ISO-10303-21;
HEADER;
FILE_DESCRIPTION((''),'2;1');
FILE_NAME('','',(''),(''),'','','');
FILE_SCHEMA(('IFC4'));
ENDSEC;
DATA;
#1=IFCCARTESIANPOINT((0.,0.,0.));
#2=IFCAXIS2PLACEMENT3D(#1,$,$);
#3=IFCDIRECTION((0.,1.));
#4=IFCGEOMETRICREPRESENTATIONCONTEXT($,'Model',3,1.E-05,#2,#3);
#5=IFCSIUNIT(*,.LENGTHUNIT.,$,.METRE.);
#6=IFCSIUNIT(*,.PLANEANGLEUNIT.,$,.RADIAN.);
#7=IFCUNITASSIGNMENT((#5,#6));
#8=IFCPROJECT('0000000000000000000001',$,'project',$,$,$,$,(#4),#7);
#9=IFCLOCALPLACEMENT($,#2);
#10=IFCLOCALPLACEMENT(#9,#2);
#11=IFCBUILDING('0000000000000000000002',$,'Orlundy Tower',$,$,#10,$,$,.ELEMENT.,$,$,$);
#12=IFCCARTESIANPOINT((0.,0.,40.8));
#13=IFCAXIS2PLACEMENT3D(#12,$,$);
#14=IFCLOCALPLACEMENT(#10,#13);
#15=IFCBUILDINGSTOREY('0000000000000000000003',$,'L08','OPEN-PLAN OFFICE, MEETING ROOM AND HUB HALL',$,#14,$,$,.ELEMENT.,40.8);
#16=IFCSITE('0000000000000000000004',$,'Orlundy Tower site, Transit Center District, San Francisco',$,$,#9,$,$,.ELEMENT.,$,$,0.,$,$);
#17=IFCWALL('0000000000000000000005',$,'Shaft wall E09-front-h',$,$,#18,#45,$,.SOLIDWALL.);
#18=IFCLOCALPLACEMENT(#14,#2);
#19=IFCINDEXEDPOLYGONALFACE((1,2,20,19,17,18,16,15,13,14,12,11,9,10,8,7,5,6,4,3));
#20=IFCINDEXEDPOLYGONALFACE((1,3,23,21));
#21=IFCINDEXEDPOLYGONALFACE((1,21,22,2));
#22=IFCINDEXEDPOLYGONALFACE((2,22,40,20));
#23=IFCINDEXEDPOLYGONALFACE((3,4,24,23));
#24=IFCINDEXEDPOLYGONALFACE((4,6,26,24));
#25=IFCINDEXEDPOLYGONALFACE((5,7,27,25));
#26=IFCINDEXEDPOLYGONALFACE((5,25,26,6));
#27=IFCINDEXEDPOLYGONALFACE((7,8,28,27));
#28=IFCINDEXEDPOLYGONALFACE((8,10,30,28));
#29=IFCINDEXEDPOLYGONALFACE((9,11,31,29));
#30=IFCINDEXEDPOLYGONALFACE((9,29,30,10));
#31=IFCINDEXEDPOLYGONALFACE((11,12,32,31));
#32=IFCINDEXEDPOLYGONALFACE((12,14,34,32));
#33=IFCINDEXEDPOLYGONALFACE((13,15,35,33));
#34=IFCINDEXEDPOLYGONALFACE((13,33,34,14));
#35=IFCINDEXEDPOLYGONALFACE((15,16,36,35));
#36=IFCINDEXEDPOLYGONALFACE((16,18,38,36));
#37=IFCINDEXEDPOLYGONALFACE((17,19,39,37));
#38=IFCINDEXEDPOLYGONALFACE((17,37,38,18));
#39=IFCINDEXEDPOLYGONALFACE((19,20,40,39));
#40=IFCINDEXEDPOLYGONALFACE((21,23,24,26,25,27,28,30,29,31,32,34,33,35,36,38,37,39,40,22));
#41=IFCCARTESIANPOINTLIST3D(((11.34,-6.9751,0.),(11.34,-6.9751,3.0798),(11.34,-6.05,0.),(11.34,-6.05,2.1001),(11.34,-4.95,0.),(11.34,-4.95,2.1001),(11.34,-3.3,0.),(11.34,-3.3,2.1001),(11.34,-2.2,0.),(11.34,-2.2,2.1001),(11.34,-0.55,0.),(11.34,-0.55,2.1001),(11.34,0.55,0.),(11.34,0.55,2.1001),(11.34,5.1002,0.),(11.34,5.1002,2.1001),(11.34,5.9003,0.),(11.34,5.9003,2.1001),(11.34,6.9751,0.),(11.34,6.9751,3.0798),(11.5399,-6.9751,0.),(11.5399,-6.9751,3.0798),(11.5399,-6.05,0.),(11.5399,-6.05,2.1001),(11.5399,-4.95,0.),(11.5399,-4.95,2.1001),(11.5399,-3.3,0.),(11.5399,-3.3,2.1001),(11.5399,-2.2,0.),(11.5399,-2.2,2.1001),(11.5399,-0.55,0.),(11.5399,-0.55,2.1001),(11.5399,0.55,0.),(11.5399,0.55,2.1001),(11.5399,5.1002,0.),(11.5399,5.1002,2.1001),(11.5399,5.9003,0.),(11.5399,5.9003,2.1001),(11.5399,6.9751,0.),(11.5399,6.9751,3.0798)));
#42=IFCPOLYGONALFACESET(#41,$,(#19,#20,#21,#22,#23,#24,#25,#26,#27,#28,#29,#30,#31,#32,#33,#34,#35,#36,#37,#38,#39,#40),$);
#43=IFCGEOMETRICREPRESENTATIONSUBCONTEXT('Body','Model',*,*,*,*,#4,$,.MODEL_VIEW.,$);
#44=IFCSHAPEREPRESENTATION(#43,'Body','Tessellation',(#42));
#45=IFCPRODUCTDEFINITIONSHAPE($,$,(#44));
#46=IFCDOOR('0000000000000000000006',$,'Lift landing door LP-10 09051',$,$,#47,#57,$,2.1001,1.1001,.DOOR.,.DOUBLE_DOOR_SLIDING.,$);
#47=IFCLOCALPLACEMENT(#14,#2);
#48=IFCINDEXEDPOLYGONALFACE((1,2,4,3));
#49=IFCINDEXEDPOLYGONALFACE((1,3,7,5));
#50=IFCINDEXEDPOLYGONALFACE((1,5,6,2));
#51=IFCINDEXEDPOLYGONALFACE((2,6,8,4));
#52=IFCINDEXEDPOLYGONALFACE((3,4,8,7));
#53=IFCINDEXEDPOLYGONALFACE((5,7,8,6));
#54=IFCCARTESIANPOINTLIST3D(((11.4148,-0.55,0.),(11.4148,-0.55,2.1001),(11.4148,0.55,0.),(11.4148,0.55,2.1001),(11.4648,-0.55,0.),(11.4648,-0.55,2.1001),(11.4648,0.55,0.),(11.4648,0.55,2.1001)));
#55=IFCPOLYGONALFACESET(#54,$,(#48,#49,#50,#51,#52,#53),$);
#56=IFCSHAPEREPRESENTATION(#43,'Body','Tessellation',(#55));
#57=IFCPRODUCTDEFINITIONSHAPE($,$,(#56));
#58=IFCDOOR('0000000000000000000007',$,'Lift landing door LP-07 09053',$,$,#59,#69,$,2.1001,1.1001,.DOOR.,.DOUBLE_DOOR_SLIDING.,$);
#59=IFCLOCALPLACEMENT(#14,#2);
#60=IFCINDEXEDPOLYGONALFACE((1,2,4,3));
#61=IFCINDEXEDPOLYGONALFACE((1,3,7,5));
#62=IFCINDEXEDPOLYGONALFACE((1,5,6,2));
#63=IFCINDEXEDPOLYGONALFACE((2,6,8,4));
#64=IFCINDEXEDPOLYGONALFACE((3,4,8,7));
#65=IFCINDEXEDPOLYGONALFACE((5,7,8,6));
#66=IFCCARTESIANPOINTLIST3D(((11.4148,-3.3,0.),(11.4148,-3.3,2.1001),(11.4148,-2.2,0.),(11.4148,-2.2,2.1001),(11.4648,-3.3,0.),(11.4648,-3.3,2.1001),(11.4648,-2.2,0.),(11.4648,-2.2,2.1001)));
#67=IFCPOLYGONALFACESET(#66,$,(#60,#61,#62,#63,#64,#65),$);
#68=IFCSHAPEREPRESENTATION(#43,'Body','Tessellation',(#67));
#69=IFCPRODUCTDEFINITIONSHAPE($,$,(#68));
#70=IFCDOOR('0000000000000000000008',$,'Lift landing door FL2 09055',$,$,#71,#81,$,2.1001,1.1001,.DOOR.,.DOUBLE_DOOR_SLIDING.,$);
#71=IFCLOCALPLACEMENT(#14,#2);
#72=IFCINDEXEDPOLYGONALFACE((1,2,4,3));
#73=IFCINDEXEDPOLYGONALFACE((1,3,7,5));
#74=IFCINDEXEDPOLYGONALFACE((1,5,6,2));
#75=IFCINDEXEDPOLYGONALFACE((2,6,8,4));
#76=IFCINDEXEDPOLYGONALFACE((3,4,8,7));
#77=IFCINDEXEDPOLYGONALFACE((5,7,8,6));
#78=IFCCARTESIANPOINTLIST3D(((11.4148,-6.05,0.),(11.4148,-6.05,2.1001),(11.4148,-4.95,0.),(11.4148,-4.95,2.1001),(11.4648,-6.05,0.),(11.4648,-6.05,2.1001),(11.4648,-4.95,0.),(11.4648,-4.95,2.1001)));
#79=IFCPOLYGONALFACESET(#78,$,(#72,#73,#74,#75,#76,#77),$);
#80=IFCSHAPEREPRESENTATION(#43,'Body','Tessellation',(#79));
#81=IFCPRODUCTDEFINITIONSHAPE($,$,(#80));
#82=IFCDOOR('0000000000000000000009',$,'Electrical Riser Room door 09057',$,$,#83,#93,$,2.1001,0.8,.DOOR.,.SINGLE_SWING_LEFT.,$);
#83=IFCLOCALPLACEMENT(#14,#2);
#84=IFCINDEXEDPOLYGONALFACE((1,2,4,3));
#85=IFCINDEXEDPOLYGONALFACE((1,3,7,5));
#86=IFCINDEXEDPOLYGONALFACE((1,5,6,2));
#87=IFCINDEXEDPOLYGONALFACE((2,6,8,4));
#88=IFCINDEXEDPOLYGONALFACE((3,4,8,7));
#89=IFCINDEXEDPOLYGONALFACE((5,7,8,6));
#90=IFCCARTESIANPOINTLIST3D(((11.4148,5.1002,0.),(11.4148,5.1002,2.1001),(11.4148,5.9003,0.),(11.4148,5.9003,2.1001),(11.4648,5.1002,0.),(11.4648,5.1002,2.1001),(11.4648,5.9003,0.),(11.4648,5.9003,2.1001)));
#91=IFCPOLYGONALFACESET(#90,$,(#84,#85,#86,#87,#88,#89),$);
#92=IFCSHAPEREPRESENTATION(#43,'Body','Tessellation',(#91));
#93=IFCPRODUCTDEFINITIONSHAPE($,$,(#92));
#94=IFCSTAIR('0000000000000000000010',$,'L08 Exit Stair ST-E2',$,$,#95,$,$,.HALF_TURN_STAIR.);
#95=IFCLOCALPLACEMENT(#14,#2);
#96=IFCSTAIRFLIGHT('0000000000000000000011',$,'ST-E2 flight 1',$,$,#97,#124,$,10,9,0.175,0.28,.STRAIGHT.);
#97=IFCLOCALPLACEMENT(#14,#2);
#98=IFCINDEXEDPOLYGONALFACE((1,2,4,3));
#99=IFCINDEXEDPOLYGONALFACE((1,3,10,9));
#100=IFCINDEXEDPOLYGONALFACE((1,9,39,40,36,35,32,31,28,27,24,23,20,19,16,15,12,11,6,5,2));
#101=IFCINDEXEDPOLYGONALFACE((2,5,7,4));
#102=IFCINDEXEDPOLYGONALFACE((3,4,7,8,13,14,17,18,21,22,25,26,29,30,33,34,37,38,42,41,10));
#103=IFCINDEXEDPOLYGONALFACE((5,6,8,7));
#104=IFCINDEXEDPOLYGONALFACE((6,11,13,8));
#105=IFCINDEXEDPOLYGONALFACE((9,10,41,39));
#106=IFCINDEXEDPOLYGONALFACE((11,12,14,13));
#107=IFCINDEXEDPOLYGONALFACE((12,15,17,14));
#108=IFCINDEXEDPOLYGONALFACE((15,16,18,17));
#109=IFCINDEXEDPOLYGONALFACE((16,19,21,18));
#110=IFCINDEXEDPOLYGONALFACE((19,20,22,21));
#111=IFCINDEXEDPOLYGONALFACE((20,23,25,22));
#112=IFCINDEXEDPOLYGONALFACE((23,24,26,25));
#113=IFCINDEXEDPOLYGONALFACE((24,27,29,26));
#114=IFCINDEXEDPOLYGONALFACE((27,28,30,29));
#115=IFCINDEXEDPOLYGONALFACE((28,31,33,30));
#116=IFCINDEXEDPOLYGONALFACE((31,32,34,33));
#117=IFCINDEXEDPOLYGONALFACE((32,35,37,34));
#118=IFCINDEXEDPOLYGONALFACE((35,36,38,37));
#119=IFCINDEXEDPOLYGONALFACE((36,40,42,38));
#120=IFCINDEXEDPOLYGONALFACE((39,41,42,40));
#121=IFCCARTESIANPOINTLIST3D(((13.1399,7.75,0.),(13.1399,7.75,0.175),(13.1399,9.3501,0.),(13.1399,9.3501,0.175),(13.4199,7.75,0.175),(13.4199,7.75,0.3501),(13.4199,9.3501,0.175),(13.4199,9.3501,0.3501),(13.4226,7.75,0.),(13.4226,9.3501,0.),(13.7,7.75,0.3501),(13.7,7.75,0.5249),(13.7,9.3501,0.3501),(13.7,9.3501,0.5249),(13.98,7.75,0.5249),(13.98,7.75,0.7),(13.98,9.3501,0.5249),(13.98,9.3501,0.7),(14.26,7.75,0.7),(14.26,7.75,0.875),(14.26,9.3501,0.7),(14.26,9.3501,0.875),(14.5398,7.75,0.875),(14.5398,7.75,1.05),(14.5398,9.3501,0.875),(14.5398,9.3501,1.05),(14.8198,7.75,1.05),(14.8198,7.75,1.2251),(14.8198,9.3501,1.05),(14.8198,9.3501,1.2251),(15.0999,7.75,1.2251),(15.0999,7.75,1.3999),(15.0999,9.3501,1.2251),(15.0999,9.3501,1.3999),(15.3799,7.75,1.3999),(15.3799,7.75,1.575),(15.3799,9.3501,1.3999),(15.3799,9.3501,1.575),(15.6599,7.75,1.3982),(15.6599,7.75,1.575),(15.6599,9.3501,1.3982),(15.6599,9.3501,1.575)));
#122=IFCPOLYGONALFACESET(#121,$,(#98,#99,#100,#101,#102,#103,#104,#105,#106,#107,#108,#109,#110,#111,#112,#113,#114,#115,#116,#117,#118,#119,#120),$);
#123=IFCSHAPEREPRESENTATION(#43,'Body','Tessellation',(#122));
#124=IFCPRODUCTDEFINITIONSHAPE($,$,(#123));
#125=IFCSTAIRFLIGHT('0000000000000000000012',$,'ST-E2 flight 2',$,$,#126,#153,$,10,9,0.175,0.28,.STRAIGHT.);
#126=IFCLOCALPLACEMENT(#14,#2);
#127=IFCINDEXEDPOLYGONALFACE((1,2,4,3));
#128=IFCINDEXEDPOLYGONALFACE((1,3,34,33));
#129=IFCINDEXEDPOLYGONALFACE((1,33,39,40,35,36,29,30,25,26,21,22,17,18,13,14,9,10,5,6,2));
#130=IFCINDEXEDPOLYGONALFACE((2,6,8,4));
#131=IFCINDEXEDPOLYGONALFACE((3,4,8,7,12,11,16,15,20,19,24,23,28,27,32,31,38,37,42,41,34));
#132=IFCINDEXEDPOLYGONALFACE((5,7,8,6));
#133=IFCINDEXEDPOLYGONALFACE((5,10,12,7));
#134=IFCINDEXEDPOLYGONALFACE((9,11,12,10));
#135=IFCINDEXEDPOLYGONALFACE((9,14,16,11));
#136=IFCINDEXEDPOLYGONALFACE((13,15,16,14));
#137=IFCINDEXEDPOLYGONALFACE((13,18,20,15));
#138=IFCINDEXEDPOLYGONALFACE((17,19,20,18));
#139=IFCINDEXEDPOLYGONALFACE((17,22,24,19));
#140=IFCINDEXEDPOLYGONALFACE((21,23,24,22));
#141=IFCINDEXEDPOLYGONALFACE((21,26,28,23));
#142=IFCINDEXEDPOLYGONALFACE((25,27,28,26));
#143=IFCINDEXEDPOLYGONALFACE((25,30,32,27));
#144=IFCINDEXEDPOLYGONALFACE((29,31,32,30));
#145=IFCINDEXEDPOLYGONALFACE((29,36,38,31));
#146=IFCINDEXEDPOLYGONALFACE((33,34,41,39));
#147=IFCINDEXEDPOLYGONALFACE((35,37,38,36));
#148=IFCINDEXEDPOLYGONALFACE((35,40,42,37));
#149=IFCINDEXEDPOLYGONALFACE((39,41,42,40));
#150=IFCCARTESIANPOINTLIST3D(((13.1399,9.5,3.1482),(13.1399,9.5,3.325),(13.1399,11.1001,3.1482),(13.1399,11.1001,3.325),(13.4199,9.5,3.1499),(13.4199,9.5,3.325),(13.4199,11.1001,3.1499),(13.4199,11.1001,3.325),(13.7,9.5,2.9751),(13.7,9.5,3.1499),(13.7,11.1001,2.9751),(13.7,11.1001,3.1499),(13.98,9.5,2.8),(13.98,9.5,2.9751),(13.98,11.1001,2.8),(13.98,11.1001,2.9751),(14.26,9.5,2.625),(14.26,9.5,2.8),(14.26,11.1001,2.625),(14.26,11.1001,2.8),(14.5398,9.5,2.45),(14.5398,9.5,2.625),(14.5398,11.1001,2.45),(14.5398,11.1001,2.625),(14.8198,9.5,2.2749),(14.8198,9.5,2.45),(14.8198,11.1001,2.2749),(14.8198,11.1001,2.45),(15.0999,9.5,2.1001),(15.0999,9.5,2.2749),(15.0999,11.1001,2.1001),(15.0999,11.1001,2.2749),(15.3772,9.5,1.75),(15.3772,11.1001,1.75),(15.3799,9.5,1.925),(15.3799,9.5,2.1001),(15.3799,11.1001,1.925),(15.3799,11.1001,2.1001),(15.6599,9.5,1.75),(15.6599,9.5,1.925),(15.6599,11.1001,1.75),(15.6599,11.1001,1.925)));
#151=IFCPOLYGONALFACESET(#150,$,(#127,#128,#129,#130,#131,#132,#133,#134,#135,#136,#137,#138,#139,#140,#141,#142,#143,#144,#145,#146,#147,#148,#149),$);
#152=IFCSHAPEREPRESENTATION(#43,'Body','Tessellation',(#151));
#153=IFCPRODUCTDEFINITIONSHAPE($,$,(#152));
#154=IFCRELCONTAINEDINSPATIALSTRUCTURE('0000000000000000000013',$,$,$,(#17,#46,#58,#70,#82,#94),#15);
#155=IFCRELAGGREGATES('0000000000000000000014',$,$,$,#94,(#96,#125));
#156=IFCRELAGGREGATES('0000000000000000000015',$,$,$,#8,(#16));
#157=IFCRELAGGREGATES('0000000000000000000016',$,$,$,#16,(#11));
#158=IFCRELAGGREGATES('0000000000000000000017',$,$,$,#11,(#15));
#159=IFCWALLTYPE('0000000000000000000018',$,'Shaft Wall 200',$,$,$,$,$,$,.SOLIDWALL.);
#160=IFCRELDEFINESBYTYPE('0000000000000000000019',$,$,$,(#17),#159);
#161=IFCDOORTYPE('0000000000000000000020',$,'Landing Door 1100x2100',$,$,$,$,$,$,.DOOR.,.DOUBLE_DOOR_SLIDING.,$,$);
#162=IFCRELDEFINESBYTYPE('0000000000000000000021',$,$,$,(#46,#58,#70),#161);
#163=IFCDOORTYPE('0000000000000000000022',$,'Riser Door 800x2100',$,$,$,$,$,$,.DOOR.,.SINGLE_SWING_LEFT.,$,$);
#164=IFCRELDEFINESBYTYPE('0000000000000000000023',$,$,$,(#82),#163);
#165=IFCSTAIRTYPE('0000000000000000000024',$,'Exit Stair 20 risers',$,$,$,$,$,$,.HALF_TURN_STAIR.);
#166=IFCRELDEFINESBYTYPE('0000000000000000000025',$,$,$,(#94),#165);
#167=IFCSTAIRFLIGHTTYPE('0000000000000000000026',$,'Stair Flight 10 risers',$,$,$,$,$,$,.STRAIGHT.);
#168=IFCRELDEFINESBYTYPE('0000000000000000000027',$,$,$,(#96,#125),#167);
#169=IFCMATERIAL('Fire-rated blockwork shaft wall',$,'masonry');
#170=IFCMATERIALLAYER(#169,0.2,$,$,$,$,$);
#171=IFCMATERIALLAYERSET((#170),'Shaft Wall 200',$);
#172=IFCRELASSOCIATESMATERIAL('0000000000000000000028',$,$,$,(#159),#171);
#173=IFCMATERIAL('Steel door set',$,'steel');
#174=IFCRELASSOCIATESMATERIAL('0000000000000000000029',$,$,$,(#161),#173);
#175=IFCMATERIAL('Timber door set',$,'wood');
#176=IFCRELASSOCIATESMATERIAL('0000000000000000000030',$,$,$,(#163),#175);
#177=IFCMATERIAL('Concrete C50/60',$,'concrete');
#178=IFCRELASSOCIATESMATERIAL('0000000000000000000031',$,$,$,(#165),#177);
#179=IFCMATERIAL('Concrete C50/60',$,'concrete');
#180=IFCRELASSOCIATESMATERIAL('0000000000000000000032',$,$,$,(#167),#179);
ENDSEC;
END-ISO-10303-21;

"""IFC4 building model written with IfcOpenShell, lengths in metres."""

from ifc_helpers import new_model, si_unit, direction, frame, frame_2d, origin, place, context, subcontext, project, spatial, polyline, rectangle, outline, extrude, material, layer, layer_set, type_object, element, fill, aggregate, save


model = new_model("IFC4")

# Units and contexts
model_context = context("Model", 3, precision=1e-05, world=origin(), true_north=direction((0.0, 1.0)))
body_context = subcontext(model_context, "Body", "Model", "MODEL_VIEW")
ifc_project = project(units=[si_unit("LENGTHUNIT", "METRE"), si_unit("PLANEANGLEUNIT", "RADIAN")], contexts=[model_context])

# Site, building, storey
site_placement = place(None, origin())
site = spatial("IfcSite", under=ifc_project, at=site_placement, Name="Orlundy Tower site, Transit Center District, San Francisco", CompositionType="ELEMENT", RefElevation=0.0)
building_placement = place(site_placement, origin())
building = spatial("IfcBuilding", under=site, at=building_placement, Name="Orlundy Tower", CompositionType="ELEMENT")
storey_placement = place(building_placement, frame((0.0, 0.0, 40.8)))
storey = spatial("IfcBuildingStorey", under=building, at=storey_placement, Name="L08", Description="OPEN-PLAN OFFICE, MEETING ROOM AND HUB HALL", CompositionType="ELEMENT", Elevation=40.8)

# Wall, openings, doors
ifc_material_1 = material(Name="Fire-rated blockwork shaft wall", Category="masonry")
ifc_layer_1 = layer(ifc_material_1, 0.2)
ifc_layer_set_1 = layer_set([ifc_layer_1], Name="Shaft Wall 200")
wall_type_1 = type_object("IfcWallType", Name="Shaft Wall 200", PredefinedType="SOLIDWALL", material=ifc_layer_set_1)
wall_1_placement = place(storey_placement, frame((11.4399, 6.9751, 0.0), z_axis=(0.0, 0.0, 1.0), x_axis=(0.0, -1.0, 0.0)))
wall_1 = element("IfcWall", 1, at=wall_1_placement, inside=storey, type_object=wall_type_1, Name="Shaft wall E09-front-h", PredefinedType="SOLIDWALL", context=body_context, shape_type="SweptSolid", body=[
    extrude(rectangle(XDim=13.9502, YDim=0.2, at=frame_2d((6.9751, 0.0))), origin(), (0.0, 0.0, 1.0), 3.0798),
])
opening_1_placement = place(wall_1_placement, frame((6.425, 0.0, 0.0)))
opening_1 = element("IfcOpeningElement", 2, at=opening_1_placement, cuts=wall_1, PredefinedType="OPENING", context=body_context, shape_type="SweptSolid", body=[
    extrude(rectangle(XDim=1.1001, YDim=2.1001, at=frame_2d((0.55, 1.05))), frame((0.0, 0.1101, 0.0), z_axis=(0.0, -1.0, 0.0), x_axis=(1.0, 0.0, 0.0)), (0.0, 0.0, 1.0), 0.2202),
])
opening_2_placement = place(wall_1_placement, frame((9.175, 0.0, 0.0)))
opening_2 = element("IfcOpeningElement", 3, at=opening_2_placement, cuts=wall_1, PredefinedType="OPENING", context=body_context, shape_type="SweptSolid", body=[
    extrude(rectangle(XDim=1.1001, YDim=2.1001, at=frame_2d((0.55, 1.05))), frame((0.0, 0.1101, 0.0), z_axis=(0.0, -1.0, 0.0), x_axis=(1.0, 0.0, 0.0)), (0.0, 0.0, 1.0), 0.2202),
])
opening_3_placement = place(wall_1_placement, frame((11.925, 0.0, 0.0)))
opening_3 = element("IfcOpeningElement", 4, at=opening_3_placement, cuts=wall_1, PredefinedType="OPENING", context=body_context, shape_type="SweptSolid", body=[
    extrude(rectangle(XDim=1.1001, YDim=2.1001, at=frame_2d((0.55, 1.05))), frame((0.0, 0.1101, 0.0), z_axis=(0.0, -1.0, 0.0), x_axis=(1.0, 0.0, 0.0)), (0.0, 0.0, 1.0), 0.2202),
])
opening_4_placement = place(wall_1_placement, frame((1.075, 0.0, 0.0)))
opening_4 = element("IfcOpeningElement", 5, at=opening_4_placement, cuts=wall_1, PredefinedType="OPENING", context=body_context, shape_type="SweptSolid", body=[
    extrude(rectangle(XDim=0.8, YDim=2.1001, at=frame_2d((0.3999, 1.05))), frame((0.0, 0.1101, 0.0), z_axis=(0.0, -1.0, 0.0), x_axis=(1.0, 0.0, 0.0)), (0.0, 0.0, 1.0), 0.2202),
])
ifc_material_2 = material(Name="Steel door set", Category="steel")
door_type_1 = type_object("IfcDoorType", Name="Landing Door 1100x2100", OperationType="DOUBLE_DOOR_SLIDING", PredefinedType="DOOR", material=ifc_material_2)
door_1_placement = place(opening_1_placement, origin())
door_1 = element("IfcDoor", 6, at=door_1_placement, inside=storey, type_object=door_type_1, Name="Lift landing door LP-10 09051", OperationType="DOUBLE_DOOR_SLIDING", OverallHeight=2.1001, OverallWidth=1.1001, PredefinedType="DOOR", context=body_context, shape_type="SweptSolid", body=[
    extrude(rectangle(XDim=1.1001, YDim=2.1001, at=frame_2d((0.55, 1.05))), frame((0.0, 0.0249, 0.0), z_axis=(0.0, -1.0, 0.0), x_axis=(1.0, 0.0, 0.0)), (0.0, 0.0, 1.0), 0.05),
])
fill(opening_1, door_1)
door_2_placement = place(opening_2_placement, origin())
door_2 = element("IfcDoor", 7, at=door_2_placement, inside=storey, type_object=door_type_1, Name="Lift landing door LP-07 09053", OperationType="DOUBLE_DOOR_SLIDING", OverallHeight=2.1001, OverallWidth=1.1001, PredefinedType="DOOR", context=body_context, shape_type="SweptSolid", body=[
    extrude(rectangle(XDim=1.1001, YDim=2.1001, at=frame_2d((0.55, 1.05))), frame((0.0, 0.0249, 0.0), z_axis=(0.0, -1.0, 0.0), x_axis=(1.0, 0.0, 0.0)), (0.0, 0.0, 1.0), 0.05),
])
fill(opening_2, door_2)
door_3_placement = place(opening_3_placement, origin())
door_3 = element("IfcDoor", 8, at=door_3_placement, inside=storey, type_object=door_type_1, Name="Lift landing door FL2 09055", OperationType="DOUBLE_DOOR_SLIDING", OverallHeight=2.1001, OverallWidth=1.1001, PredefinedType="DOOR", context=body_context, shape_type="SweptSolid", body=[
    extrude(rectangle(XDim=1.1001, YDim=2.1001, at=frame_2d((0.55, 1.05))), frame((0.0, 0.0249, 0.0), z_axis=(0.0, -1.0, 0.0), x_axis=(1.0, 0.0, 0.0)), (0.0, 0.0, 1.0), 0.05),
])
fill(opening_3, door_3)
ifc_material_3 = material(Name="Timber door set", Category="wood")
door_type_2 = type_object("IfcDoorType", Name="Riser Door 800x2100", OperationType="SINGLE_SWING_LEFT", PredefinedType="DOOR", material=ifc_material_3)
door_4_placement = place(opening_4_placement, origin())
door_4 = element("IfcDoor", 9, at=door_4_placement, inside=storey, type_object=door_type_2, Name="Electrical Riser Room door 09057", OperationType="SINGLE_SWING_LEFT", OverallHeight=2.1001, OverallWidth=0.8, PredefinedType="DOOR", context=body_context, shape_type="SweptSolid", body=[
    extrude(rectangle(XDim=0.8, YDim=2.1001, at=frame_2d((0.3999, 1.05))), frame((0.0, 0.0249, 0.0), z_axis=(0.0, -1.0, 0.0), x_axis=(1.0, 0.0, 0.0)), (0.0, 0.0, 1.0), 0.05),
])
fill(opening_4, door_4)

# Stair, stair flights
ifc_material_4 = material(Name="Concrete C50/60", Category="concrete")
stair_type = type_object("IfcStairType", Name="Exit Stair 20 risers", PredefinedType="HALF_TURN_STAIR", material=ifc_material_4)
stair_placement = place(storey_placement, origin())
stair = element("IfcStair", 10, at=stair_placement, inside=storey, type_object=stair_type, Name="L08 Exit Stair ST-E2", PredefinedType="HALF_TURN_STAIR")
ifc_material_5 = material(Name="Concrete C50/60", Category="concrete")
stair_flight_type = type_object("IfcStairFlightType", Name="Stair Flight 10 risers", PredefinedType="STRAIGHT", material=ifc_material_5)
stair_flight_1_placement = place(storey_placement, frame((13.1399, 8.55, 0.0), z_axis=(0.0, 0.0, 1.0), x_axis=(1.0, 0.0, 0.0)))
stair_flight_1 = element("IfcStairFlight", 11, at=stair_flight_1_placement, type_object=stair_flight_type, Name="ST-E2 flight 1", NumberOfRisers=10, NumberOfTreads=9, PredefinedType="STRAIGHT", RiserHeight=0.175, TreadLength=0.28, context=body_context, shape_type="SweptSolid", body=[
    extrude(outline(polyline([(0.0, 0.0), (0.0, 0.175), (0.28, 0.175), (0.28, 0.3501), (0.5601, 0.3501), (0.5601, 0.5249), (0.8401, 0.5249), (0.8401, 0.7), (1.1201, 0.7), (1.1201, 0.875), (1.3999, 0.875), (1.3999, 1.05), (1.6799, 1.05), (1.6799, 1.2251), (1.96, 1.2251), (1.96, 1.3999), (2.24, 1.3999), (2.24, 1.575), (2.52, 1.575), (2.52, 1.75), (2.52, 1.3982), (0.2827, 0.0), (0.0, 0.0)])), frame((0.0, 0.8, 0.0), z_axis=(0.0, -1.0, 0.0), x_axis=(1.0, 0.0, 0.0)), (0.0, 0.0, 1.0), 1.6001),
])
stair_flight_2_placement = place(storey_placement, frame((15.6599, 10.3, 1.75), z_axis=(0.0, 0.0, 1.0), x_axis=(-1.0, 0.0, 0.0)))
stair_flight_2 = element("IfcStairFlight", 12, at=stair_flight_2_placement, type_object=stair_flight_type, Name="ST-E2 flight 2", NumberOfRisers=10, NumberOfTreads=9, PredefinedType="STRAIGHT", RiserHeight=0.175, TreadLength=0.28, context=body_context, shape_type="SweptSolid", body=[
    extrude(outline(polyline([(0.0, 0.0), (0.0, 0.175), (0.28, 0.175), (0.28, 0.3501), (0.5601, 0.3501), (0.5601, 0.5249), (0.8401, 0.5249), (0.8401, 0.7), (1.1201, 0.7), (1.1201, 0.875), (1.3999, 0.875), (1.3999, 1.05), (1.6799, 1.05), (1.6799, 1.2251), (1.96, 1.2251), (1.96, 1.3999), (2.24, 1.3999), (2.24, 1.575), (2.52, 1.575), (2.52, 1.75), (2.52, 1.3982), (0.2827, 0.0), (0.0, 0.0)])), frame((0.0, 0.8, 0.0), z_axis=(0.0, -1.0, 0.0), x_axis=(1.0, 0.0, 0.0)), (0.0, 0.0, 1.0), 1.6001),
])
aggregate(stair, [stair_flight_1, stair_flight_2])

save(model, "model.ifc")
